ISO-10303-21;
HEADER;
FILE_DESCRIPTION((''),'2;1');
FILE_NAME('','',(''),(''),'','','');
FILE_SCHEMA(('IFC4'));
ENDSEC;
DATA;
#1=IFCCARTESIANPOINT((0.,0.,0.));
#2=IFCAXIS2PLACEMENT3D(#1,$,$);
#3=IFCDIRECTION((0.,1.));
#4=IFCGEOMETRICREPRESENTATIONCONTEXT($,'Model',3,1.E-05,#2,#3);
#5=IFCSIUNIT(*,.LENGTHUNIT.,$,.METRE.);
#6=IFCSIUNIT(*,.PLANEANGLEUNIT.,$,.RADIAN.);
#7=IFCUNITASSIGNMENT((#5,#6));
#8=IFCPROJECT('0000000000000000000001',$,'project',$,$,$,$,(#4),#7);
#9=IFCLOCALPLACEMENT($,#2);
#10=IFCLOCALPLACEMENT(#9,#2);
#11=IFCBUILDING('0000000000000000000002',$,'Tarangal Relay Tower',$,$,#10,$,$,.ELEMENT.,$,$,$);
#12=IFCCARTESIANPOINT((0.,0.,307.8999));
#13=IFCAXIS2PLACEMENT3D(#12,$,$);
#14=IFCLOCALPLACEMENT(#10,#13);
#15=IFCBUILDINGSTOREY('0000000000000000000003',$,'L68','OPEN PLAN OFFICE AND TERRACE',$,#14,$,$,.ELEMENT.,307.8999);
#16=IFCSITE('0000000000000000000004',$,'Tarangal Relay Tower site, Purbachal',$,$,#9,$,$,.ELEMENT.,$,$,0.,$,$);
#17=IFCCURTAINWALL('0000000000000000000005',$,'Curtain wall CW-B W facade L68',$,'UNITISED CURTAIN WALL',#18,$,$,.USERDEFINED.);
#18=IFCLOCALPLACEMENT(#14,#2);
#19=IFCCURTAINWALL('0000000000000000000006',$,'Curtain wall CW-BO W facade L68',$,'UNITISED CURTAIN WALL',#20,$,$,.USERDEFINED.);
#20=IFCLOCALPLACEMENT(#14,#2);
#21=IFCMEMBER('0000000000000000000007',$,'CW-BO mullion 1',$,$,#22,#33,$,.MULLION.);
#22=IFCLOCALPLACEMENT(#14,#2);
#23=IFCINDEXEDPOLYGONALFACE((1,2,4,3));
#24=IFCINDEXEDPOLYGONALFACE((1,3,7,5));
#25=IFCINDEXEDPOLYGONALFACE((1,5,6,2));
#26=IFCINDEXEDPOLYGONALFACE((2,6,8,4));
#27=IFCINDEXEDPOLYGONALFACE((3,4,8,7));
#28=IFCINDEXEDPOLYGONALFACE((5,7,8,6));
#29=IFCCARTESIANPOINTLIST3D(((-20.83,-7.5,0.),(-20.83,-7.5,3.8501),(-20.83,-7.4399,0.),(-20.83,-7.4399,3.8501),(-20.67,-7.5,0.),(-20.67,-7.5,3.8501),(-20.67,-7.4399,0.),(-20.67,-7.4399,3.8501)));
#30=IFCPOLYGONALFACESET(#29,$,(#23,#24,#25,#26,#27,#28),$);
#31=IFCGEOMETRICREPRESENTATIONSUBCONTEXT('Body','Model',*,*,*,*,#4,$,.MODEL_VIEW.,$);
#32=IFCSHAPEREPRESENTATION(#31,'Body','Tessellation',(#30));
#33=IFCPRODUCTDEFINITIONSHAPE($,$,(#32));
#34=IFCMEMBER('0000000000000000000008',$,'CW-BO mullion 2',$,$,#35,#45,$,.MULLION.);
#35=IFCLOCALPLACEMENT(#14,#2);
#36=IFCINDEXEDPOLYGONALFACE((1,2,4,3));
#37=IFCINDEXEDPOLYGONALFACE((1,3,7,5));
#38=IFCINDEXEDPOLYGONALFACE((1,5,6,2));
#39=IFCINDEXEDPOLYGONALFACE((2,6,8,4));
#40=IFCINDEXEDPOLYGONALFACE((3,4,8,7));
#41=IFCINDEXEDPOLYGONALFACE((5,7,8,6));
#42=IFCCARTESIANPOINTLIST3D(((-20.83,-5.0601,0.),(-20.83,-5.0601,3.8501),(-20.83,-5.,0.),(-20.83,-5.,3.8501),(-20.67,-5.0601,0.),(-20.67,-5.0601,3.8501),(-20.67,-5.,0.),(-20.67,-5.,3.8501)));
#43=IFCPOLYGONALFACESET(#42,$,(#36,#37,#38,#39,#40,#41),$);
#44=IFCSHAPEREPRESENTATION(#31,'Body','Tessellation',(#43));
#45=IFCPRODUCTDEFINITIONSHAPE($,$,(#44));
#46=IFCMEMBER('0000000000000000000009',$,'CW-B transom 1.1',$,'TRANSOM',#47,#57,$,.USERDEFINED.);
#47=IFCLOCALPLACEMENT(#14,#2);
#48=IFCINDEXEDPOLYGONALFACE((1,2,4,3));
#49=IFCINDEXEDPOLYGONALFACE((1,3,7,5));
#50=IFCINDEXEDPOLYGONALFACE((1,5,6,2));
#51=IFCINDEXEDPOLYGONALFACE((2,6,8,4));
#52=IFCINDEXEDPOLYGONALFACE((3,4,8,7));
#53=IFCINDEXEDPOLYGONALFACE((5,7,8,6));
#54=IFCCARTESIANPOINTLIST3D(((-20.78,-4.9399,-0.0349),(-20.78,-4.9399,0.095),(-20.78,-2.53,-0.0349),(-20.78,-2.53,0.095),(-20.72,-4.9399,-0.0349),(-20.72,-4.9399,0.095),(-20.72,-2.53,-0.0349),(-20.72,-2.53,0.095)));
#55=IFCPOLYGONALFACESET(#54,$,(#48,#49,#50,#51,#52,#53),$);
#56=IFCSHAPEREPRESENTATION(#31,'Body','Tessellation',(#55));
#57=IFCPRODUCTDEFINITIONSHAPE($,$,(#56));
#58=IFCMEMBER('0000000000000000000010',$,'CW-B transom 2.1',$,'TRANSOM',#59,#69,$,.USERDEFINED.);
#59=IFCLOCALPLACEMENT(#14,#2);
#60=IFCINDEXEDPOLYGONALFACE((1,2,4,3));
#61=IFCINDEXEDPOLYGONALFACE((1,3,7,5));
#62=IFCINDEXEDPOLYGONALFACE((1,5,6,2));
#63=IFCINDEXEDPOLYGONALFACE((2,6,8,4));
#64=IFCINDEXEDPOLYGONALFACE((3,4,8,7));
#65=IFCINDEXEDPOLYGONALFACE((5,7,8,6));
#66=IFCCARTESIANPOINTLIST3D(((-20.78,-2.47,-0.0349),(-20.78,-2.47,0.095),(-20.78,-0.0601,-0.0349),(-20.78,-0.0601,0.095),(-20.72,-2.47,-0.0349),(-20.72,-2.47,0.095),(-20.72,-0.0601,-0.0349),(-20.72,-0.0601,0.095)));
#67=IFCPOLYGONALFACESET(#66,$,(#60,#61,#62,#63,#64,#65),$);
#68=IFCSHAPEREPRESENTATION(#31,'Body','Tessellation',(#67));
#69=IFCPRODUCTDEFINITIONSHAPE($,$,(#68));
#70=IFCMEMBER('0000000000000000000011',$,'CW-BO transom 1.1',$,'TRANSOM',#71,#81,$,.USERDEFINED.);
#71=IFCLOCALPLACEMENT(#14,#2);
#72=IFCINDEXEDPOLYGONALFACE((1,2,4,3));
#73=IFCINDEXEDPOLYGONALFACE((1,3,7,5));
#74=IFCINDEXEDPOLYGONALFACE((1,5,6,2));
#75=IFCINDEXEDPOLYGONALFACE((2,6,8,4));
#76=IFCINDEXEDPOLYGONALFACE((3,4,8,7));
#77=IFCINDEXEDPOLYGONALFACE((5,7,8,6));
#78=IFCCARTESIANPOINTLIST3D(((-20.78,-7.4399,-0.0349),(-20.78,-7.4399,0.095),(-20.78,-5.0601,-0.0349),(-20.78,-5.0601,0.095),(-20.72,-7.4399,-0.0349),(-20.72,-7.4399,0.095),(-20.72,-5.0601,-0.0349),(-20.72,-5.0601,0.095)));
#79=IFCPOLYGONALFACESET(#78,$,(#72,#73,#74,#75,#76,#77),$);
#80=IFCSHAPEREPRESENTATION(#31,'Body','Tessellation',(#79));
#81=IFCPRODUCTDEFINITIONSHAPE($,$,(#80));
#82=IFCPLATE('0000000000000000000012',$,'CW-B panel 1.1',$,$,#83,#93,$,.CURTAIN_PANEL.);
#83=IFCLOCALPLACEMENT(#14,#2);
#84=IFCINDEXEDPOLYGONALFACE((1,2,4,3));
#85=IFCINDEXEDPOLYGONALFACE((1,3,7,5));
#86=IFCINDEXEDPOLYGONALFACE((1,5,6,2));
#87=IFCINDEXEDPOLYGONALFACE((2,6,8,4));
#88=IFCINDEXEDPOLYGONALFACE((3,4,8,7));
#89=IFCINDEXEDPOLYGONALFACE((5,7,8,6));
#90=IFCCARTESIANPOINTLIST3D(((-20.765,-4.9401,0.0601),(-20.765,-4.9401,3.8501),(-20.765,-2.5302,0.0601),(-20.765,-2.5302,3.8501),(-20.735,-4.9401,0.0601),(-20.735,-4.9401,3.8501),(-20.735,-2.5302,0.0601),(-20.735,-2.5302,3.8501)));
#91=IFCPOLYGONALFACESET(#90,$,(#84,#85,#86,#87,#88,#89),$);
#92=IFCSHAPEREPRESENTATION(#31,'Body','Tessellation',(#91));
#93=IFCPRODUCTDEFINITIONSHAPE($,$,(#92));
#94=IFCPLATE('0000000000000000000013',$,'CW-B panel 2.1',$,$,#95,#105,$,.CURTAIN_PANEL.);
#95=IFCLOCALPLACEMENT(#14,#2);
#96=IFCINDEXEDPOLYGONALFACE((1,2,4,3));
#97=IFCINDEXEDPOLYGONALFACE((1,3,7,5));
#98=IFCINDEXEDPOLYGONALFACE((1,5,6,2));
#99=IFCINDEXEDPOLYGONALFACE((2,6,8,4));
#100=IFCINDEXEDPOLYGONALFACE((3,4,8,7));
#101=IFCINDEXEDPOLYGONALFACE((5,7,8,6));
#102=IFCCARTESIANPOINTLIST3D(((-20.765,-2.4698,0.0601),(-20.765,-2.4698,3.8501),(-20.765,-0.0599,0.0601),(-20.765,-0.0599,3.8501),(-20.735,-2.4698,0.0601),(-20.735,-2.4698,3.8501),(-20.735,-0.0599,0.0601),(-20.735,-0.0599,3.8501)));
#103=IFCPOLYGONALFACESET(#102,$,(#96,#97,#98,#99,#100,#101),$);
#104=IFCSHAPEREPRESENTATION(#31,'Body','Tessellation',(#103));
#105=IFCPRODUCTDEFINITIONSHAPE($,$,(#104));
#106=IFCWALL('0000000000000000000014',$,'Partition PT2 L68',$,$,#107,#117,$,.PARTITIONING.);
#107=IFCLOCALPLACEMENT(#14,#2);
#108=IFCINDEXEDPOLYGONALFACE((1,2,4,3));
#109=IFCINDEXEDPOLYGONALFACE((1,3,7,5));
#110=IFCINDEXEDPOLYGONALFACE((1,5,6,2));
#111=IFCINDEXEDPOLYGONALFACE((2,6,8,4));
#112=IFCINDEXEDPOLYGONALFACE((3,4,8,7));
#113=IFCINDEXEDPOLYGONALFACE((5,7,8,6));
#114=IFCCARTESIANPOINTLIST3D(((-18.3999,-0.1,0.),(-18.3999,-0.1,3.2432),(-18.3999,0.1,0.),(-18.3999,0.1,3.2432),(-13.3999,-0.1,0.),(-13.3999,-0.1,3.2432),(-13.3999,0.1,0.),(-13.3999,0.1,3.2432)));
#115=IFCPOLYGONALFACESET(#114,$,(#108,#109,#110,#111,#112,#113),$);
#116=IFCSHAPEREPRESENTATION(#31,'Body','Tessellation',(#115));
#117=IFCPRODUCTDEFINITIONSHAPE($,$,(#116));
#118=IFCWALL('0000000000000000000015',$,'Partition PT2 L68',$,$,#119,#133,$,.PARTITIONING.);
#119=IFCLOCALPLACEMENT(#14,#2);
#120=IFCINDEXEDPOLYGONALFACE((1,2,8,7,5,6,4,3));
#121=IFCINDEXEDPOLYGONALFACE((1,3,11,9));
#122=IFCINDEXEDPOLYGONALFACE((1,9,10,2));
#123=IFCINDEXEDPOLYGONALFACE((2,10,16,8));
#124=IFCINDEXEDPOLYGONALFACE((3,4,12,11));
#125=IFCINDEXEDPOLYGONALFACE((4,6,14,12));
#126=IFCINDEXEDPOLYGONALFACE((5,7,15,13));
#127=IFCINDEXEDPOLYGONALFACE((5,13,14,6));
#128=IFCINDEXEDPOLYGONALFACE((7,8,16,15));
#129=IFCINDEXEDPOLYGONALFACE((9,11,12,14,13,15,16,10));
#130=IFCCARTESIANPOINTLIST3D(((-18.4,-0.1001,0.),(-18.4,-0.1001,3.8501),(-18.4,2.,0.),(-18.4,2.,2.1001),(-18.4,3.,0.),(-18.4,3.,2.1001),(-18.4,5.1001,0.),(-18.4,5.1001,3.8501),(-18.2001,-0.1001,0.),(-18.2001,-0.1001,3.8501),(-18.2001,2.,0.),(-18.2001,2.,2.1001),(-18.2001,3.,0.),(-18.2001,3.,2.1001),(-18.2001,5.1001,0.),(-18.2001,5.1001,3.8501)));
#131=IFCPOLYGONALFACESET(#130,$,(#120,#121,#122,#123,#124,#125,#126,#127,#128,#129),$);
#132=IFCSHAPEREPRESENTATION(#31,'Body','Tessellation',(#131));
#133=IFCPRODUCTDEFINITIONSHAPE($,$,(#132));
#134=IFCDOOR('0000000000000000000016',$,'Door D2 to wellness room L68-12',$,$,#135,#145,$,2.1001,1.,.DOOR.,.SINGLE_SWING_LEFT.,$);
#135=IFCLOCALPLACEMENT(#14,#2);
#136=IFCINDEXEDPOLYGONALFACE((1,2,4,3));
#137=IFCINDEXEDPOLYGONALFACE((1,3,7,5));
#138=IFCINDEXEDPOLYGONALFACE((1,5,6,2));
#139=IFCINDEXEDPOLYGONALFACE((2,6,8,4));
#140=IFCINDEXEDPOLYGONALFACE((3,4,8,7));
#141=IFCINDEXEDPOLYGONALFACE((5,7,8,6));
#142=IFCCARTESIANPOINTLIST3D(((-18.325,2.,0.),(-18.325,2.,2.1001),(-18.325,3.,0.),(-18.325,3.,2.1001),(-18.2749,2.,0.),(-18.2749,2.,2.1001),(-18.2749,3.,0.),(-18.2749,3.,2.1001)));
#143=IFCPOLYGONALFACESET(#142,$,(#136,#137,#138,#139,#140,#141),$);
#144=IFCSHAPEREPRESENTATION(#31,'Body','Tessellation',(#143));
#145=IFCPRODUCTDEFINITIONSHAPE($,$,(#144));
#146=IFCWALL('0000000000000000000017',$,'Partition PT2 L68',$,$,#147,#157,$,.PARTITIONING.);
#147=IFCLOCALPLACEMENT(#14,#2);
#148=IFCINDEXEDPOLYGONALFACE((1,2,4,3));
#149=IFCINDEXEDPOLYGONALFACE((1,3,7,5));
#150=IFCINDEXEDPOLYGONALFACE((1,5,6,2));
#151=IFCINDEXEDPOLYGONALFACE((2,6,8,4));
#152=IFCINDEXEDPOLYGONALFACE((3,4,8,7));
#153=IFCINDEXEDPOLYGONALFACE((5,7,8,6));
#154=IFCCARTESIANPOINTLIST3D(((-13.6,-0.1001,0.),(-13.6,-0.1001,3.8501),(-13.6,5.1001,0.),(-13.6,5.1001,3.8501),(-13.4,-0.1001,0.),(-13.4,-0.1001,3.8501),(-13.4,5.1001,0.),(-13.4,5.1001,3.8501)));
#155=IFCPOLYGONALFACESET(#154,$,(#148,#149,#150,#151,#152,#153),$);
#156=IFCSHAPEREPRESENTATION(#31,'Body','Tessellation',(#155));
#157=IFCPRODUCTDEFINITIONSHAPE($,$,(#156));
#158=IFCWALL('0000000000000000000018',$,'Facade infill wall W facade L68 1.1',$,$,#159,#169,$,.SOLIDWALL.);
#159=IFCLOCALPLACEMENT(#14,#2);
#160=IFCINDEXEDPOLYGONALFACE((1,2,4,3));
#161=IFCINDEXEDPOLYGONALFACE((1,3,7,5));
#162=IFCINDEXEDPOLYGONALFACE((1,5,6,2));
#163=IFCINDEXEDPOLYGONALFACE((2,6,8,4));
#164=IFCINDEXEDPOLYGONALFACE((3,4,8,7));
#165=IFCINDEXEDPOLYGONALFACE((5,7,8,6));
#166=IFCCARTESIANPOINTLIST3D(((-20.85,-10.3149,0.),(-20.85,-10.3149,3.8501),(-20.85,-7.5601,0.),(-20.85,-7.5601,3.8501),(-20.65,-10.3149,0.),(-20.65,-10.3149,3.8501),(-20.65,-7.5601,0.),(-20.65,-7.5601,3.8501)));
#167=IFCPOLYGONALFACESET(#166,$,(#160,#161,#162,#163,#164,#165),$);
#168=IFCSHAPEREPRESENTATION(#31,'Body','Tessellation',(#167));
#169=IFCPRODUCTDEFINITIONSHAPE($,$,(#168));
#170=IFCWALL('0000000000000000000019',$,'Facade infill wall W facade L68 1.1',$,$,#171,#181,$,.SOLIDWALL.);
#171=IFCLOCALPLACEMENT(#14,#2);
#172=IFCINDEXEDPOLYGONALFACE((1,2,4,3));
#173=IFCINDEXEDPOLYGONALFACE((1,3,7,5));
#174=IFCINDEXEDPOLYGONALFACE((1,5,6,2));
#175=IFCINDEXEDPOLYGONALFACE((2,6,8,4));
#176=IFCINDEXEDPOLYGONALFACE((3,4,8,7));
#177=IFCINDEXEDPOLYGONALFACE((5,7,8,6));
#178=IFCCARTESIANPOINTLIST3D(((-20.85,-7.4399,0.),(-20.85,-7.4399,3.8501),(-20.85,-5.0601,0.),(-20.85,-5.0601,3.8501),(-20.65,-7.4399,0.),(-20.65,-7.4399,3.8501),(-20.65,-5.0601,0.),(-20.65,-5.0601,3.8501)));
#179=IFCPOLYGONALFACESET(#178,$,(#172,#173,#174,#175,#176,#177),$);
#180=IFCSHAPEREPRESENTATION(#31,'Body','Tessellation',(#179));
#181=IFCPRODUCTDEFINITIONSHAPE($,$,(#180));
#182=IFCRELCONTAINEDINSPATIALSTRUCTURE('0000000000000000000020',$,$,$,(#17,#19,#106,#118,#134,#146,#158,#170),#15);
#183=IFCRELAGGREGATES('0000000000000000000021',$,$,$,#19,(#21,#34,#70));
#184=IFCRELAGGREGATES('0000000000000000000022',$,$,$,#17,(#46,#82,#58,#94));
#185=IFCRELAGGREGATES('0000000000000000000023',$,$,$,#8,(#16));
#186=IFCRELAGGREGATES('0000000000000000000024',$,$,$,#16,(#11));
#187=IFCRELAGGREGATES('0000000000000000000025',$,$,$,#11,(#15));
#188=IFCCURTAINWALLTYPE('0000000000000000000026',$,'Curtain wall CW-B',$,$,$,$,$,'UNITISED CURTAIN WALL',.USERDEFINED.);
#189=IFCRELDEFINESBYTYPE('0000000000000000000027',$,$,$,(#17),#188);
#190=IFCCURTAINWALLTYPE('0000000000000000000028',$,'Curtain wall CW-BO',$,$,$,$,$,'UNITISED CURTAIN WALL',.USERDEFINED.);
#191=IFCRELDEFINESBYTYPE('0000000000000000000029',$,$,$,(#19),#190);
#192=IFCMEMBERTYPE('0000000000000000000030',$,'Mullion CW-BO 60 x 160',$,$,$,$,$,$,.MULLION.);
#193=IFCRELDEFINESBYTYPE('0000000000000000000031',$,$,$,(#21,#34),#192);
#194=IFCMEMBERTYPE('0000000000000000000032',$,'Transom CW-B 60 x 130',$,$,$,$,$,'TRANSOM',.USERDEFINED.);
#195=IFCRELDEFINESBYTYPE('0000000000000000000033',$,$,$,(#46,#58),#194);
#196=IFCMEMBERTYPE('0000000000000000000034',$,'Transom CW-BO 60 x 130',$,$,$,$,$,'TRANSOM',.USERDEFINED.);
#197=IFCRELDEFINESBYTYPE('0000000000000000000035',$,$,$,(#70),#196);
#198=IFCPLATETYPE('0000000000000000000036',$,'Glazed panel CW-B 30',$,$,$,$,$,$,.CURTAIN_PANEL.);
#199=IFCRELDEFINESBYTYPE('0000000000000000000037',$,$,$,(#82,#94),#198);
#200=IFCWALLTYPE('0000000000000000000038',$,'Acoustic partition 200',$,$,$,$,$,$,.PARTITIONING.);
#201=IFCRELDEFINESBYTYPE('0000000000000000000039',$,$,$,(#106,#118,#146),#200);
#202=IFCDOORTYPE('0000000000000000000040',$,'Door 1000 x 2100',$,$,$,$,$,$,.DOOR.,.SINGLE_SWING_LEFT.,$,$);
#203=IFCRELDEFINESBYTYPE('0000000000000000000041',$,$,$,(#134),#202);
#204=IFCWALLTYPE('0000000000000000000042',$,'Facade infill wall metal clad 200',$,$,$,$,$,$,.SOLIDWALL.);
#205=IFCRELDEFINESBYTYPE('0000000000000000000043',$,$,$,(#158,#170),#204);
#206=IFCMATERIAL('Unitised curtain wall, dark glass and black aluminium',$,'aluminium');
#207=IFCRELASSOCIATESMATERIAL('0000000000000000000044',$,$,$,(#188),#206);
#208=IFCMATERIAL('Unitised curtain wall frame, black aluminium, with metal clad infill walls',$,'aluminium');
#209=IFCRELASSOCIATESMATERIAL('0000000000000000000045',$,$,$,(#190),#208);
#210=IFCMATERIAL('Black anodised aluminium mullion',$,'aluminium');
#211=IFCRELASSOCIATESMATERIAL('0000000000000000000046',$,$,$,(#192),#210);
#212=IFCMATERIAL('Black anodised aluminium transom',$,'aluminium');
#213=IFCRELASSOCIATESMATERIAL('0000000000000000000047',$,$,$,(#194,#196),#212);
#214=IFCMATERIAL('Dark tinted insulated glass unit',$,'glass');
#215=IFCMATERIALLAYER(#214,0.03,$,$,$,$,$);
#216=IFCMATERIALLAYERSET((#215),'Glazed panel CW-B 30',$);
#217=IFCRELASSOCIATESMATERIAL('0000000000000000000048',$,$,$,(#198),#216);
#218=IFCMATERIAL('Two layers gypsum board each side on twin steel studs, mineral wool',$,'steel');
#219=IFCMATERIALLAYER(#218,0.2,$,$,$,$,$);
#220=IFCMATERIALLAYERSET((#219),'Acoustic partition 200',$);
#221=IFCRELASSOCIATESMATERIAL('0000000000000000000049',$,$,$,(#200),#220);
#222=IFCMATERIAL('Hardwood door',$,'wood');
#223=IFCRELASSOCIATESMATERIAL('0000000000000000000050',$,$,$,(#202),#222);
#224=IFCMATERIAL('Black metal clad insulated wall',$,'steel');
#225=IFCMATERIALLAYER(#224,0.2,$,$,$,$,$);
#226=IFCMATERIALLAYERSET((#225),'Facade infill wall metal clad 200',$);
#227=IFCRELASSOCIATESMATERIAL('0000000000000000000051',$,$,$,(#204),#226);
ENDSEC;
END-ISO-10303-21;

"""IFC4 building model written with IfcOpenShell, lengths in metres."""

from ifc_helpers import new_model, si_unit, direction, frame, frame_2d, origin, origin_2d, place, context, subcontext, project, spatial, rectangle, extrude, material, layer, layer_set, material_profile, profile_set, type_object, element, fill, aggregate, save


model = new_model("IFC4")

# Units and contexts
model_context = context("Model", 3, precision=1e-05, world=origin(), true_north=direction((0.0, 1.0)))
body_context = subcontext(model_context, "Body", "Model", "MODEL_VIEW")
ifc_project = project(units=[si_unit("LENGTHUNIT", "METRE"), si_unit("PLANEANGLEUNIT", "RADIAN")], contexts=[model_context])

# Site, building, storey
site_placement = place(None, origin())
site = spatial("IfcSite", under=ifc_project, at=site_placement, Name="Tarangal Relay Tower site, Purbachal", CompositionType="ELEMENT", RefElevation=0.0)
building_placement = place(site_placement, origin())
building = spatial("IfcBuilding", under=site, at=building_placement, Name="Tarangal Relay Tower", CompositionType="ELEMENT")
storey_placement = place(building_placement, frame((0.0, 0.0, 307.8999)))
storey = spatial("IfcBuildingStorey", under=building, at=storey_placement, Name="L68", Description="OPEN PLAN OFFICE AND TERRACE", CompositionType="ELEMENT", Elevation=307.8999)

# Curtain wall
ifc_material_1 = material(Name="Unitised curtain wall, dark glass and black aluminium", Category="aluminium")
curtain_wall_type_1 = type_object("IfcCurtainWallType", Name="Curtain wall CW-B", ElementType="UNITISED CURTAIN WALL", PredefinedType="USERDEFINED", material=ifc_material_1)
curtain_wall_1_placement = place(storey_placement, origin())
curtain_wall_1 = element("IfcCurtainWall", 1, at=curtain_wall_1_placement, inside=storey, type_object=curtain_wall_type_1, Name="Curtain wall CW-B W facade L68", ObjectType="UNITISED CURTAIN WALL", PredefinedType="USERDEFINED")
ifc_material_2 = material(Name="Black anodised aluminium mullion", Category="aluminium")

# Shared definitions
ifc_material_3 = material(Name="Unitised curtain wall frame, black aluminium, with metal clad infill walls", Category="aluminium")
curtain_wall_type_2 = type_object("IfcCurtainWallType", Name="Curtain wall CW-BO", ElementType="UNITISED CURTAIN WALL", PredefinedType="USERDEFINED", material=ifc_material_3)
ifc_material_profile_1 = material_profile(ifc_material_2, rectangle(XDim=0.1599, YDim=0.0601, at=origin_2d()), Name="CW-BOM 60X160")
ifc_profile_set_1 = profile_set([ifc_material_profile_1], Name="Black anodised aluminium mullion")
member_type_1 = type_object("IfcMemberType", Name="Mullion CW-BO 60 x 160", PredefinedType="MULLION", material=ifc_profile_set_1)

# Curtain wall, members
curtain_wall_2_placement = place(storey_placement, origin())
curtain_wall_2 = element("IfcCurtainWall", 2, at=curtain_wall_2_placement, inside=storey, type_object=curtain_wall_type_2, Name="Curtain wall CW-BO W facade L68", ObjectType="UNITISED CURTAIN WALL", PredefinedType="USERDEFINED")
member_1_placement = place(storey_placement, frame((-20.75, -7.47, 0.0), z_axis=(0.0, 0.0, 1.0), x_axis=(-1.0, 0.0, 0.0)))
member_1 = element("IfcMember", 3, at=member_1_placement, type_object=member_type_1, Name="CW-BO mullion 1", PredefinedType="MULLION", context=body_context, shape_type="SweptSolid", body=[
    extrude(rectangle(XDim=0.1599, YDim=0.0601, at=origin_2d()), origin(), (0.0, 0.0, 1.0), 3.8501),
])
member_2_placement = place(storey_placement, frame((-20.75, -5.03, 0.0), z_axis=(0.0, 0.0, 1.0), x_axis=(-1.0, 0.0, 0.0)))
member_2 = element("IfcMember", 4, at=member_2_placement, type_object=member_type_1, Name="CW-BO mullion 2", PredefinedType="MULLION", context=body_context, shape_type="SweptSolid", body=[
    extrude(rectangle(XDim=0.1599, YDim=0.0601, at=origin_2d()), origin(), (0.0, 0.0, 1.0), 3.8501),
])

# Members
ifc_material_4 = material(Name="Black anodised aluminium transom", Category="aluminium")
ifc_material_profile_2 = material_profile(ifc_material_4, rectangle(XDim=0.0601, YDim=0.1299, at=origin_2d()), Name="CW-BT 60X130")
ifc_profile_set_2 = profile_set([ifc_material_profile_2], Name="Black anodised aluminium transom")
member_type_2 = type_object("IfcMemberType", Name="Transom CW-B 60 x 130", ElementType="TRANSOM", PredefinedType="USERDEFINED", material=ifc_profile_set_2)
member_3_placement = place(storey_placement, frame((-20.75, -4.9399, 0.03), z_axis=(0.0, 1.0, 0.0), x_axis=(-1.0, 0.0, 0.0)))
member_3 = element("IfcMember", 5, at=member_3_placement, type_object=member_type_2, Name="CW-B transom 1.1", ObjectType="TRANSOM", PredefinedType="USERDEFINED", context=body_context, shape_type="SweptSolid", body=[
    extrude(rectangle(XDim=0.0601, YDim=0.1299, at=origin_2d()), origin(), (0.0, 0.0, 1.0), 2.4099),
])
member_4_placement = place(storey_placement, frame((-20.75, -2.47, 0.03), z_axis=(0.0, 1.0, 0.0), x_axis=(-1.0, 0.0, 0.0)))
member_4 = element("IfcMember", 6, at=member_4_placement, type_object=member_type_2, Name="CW-B transom 2.1", ObjectType="TRANSOM", PredefinedType="USERDEFINED", context=body_context, shape_type="SweptSolid", body=[
    extrude(rectangle(XDim=0.0601, YDim=0.1299, at=origin_2d()), origin(), (0.0, 0.0, 1.0), 2.4099),
])
ifc_material_profile_3 = material_profile(ifc_material_4, rectangle(XDim=0.0601, YDim=0.1299, at=origin_2d()), Name="CW-BOT 60X130")
ifc_profile_set_3 = profile_set([ifc_material_profile_3], Name="Black anodised aluminium transom")
member_type_3 = type_object("IfcMemberType", Name="Transom CW-BO 60 x 130", ElementType="TRANSOM", PredefinedType="USERDEFINED", material=ifc_profile_set_3)
member_5_placement = place(storey_placement, frame((-20.75, -7.4399, 0.03), z_axis=(0.0, 1.0, 0.0), x_axis=(-1.0, 0.0, 0.0)))
member_5 = element("IfcMember", 7, at=member_5_placement, type_object=member_type_3, Name="CW-BO transom 1.1", ObjectType="TRANSOM", PredefinedType="USERDEFINED", context=body_context, shape_type="SweptSolid", body=[
    extrude(rectangle(XDim=0.0601, YDim=0.1299, at=origin_2d()), origin(), (0.0, 0.0, 1.0), 2.3799),
])
aggregate(curtain_wall_2, [member_1, member_2, member_5])

# Plates
ifc_material_5 = material(Name="Dark tinted insulated glass unit", Category="glass")
ifc_layer_1 = layer(ifc_material_5, 0.03)
ifc_layer_set_1 = layer_set([ifc_layer_1], Name="Glazed panel CW-B 30")
plate_type = type_object("IfcPlateType", Name="Glazed panel CW-B 30", PredefinedType="CURTAIN_PANEL", material=ifc_layer_set_1)
plate_1_placement = place(storey_placement, frame((-20.75, -3.7351, 0.0601), z_axis=(0.0, 0.0, 1.0), x_axis=(0.0, 1.0, 0.0)))
plate_1 = element("IfcPlate", 8, at=plate_1_placement, type_object=plate_type, Name="CW-B panel 1.1", PredefinedType="CURTAIN_PANEL", context=body_context, shape_type="SweptSolid", body=[
    extrude(rectangle(XDim=2.4099, YDim=0.03, at=origin_2d()), origin(), (0.0, 0.0, 1.0), 3.79),
])
plate_2_placement = place(storey_placement, frame((-20.75, -1.2649, 0.0601), z_axis=(0.0, 0.0, 1.0), x_axis=(0.0, 1.0, 0.0)))
plate_2 = element("IfcPlate", 9, at=plate_2_placement, type_object=plate_type, Name="CW-B panel 2.1", PredefinedType="CURTAIN_PANEL", context=body_context, shape_type="SweptSolid", body=[
    extrude(rectangle(XDim=2.4099, YDim=0.03, at=origin_2d()), origin(), (0.0, 0.0, 1.0), 3.79),
])
aggregate(curtain_wall_1, [member_3, plate_1, member_4, plate_2])

# Wall
ifc_material_6 = material(Name="Two layers gypsum board each side on twin steel studs, mineral wool", Category="steel")
ifc_layer_2 = layer(ifc_material_6, 0.2)
ifc_layer_set_2 = layer_set([ifc_layer_2], Name="Acoustic partition 200")
wall_type_1 = type_object("IfcWallType", Name="Acoustic partition 200", PredefinedType="PARTITIONING", material=ifc_layer_set_2)
wall_1_placement = place(storey_placement, frame((-18.3999, 0.0, 0.0), z_axis=(0.0, 0.0, 1.0), x_axis=(1.0, 0.0, 0.0)))
element("IfcWall", 10, at=wall_1_placement, inside=storey, type_object=wall_type_1, Name="Partition PT2 L68", PredefinedType="PARTITIONING", context=body_context, shape_type="SweptSolid", body=[
    extrude(rectangle(XDim=5.0, YDim=0.2, at=frame_2d((2.5, 0.0))), origin(), (0.0, 0.0, 1.0), 3.2432),
])

# Wall, opening, door
wall_2_placement = place(storey_placement, frame((-18.3, -0.1001, 0.0), z_axis=(0.0, 0.0, 1.0), x_axis=(0.0, 1.0, 0.0)))
wall_2 = element("IfcWall", 11, at=wall_2_placement, inside=storey, type_object=wall_type_1, Name="Partition PT2 L68", PredefinedType="PARTITIONING", context=body_context, shape_type="SweptSolid", body=[
    extrude(rectangle(XDim=5.2002, YDim=0.2, at=frame_2d((2.6001, 0.0))), origin(), (0.0, 0.0, 1.0), 3.8501),
])
opening_1_placement = place(wall_2_placement, frame((2.1001, 0.0, 0.0)))
opening_1 = element("IfcOpeningElement", 12, at=opening_1_placement, cuts=wall_2, PredefinedType="OPENING", context=body_context, shape_type="SweptSolid", body=[
    extrude(rectangle(XDim=1.0, YDim=2.1001, at=frame_2d((0.5, 1.05))), frame((0.0, 0.1099, 0.0), z_axis=(0.0, -1.0, 0.0), x_axis=(1.0, 0.0, 0.0)), (0.0, 0.0, 1.0), 0.22),
])
ifc_material_7 = material(Name="Hardwood door", Category="wood")
door_type_1 = type_object("IfcDoorType", Name="Door 1000 x 2100", OperationType="SINGLE_SWING_LEFT", PredefinedType="DOOR", material=ifc_material_7)
door_1_placement = place(opening_1_placement, origin())
door_1 = element("IfcDoor", 13, at=door_1_placement, inside=storey, type_object=door_type_1, Name="Door D2 to wellness room L68-12", OperationType="SINGLE_SWING_LEFT", OverallHeight=2.1001, OverallWidth=1.0, PredefinedType="DOOR", context=body_context, shape_type="SweptSolid", body=[
    extrude(rectangle(XDim=1.0, YDim=2.1001, at=frame_2d((0.5, 1.05))), frame((0.0, 0.0249, 0.0), z_axis=(0.0, -1.0, 0.0), x_axis=(1.0, 0.0, 0.0)), (0.0, 0.0, 1.0), 0.05),
])
fill(opening_1, door_1)

# Walls
wall_3_placement = place(storey_placement, frame((-13.5, -0.1001, 0.0), z_axis=(0.0, 0.0, 1.0), x_axis=(0.0, 1.0, 0.0)))
element("IfcWall", 14, at=wall_3_placement, inside=storey, type_object=wall_type_1, Name="Partition PT2 L68", PredefinedType="PARTITIONING", context=body_context, shape_type="SweptSolid", body=[
    extrude(rectangle(XDim=5.2002, YDim=0.2, at=frame_2d((2.6001, 0.0))), origin(), (0.0, 0.0, 1.0), 3.8501),
])
ifc_material_8 = material(Name="Black metal clad insulated wall", Category="steel")
ifc_layer_3 = layer(ifc_material_8, 0.2)
ifc_layer_set_3 = layer_set([ifc_layer_3], Name="Facade infill wall metal clad 200")
wall_type_2 = type_object("IfcWallType", Name="Facade infill wall metal clad 200", PredefinedType="SOLIDWALL", material=ifc_layer_set_3)
wall_4_placement = place(storey_placement, frame((-20.75, -10.3149, 0.0), z_axis=(0.0, 0.0, 1.0), x_axis=(0.0, 1.0, 0.0)))
element("IfcWall", 15, at=wall_4_placement, inside=storey, type_object=wall_type_2, Name="Facade infill wall W facade L68 1.1", PredefinedType="SOLIDWALL", context=body_context, shape_type="SweptSolid", body=[
    extrude(rectangle(XDim=2.7549, YDim=0.2, at=frame_2d((1.3774, 0.0))), origin(), (0.0, 0.0, 1.0), 3.8501),
])
wall_5_placement = place(storey_placement, frame((-20.75, -7.4399, 0.0), z_axis=(0.0, 0.0, 1.0), x_axis=(0.0, 1.0, 0.0)))
element("IfcWall", 16, at=wall_5_placement, inside=storey, type_object=wall_type_2, Name="Facade infill wall W facade L68 1.1", PredefinedType="SOLIDWALL", context=body_context, shape_type="SweptSolid", body=[
    extrude(rectangle(XDim=2.3799, YDim=0.2, at=frame_2d((1.1899, 0.0))), origin(), (0.0, 0.0, 1.0), 3.8501),
])

save(model, "model.ifc")
